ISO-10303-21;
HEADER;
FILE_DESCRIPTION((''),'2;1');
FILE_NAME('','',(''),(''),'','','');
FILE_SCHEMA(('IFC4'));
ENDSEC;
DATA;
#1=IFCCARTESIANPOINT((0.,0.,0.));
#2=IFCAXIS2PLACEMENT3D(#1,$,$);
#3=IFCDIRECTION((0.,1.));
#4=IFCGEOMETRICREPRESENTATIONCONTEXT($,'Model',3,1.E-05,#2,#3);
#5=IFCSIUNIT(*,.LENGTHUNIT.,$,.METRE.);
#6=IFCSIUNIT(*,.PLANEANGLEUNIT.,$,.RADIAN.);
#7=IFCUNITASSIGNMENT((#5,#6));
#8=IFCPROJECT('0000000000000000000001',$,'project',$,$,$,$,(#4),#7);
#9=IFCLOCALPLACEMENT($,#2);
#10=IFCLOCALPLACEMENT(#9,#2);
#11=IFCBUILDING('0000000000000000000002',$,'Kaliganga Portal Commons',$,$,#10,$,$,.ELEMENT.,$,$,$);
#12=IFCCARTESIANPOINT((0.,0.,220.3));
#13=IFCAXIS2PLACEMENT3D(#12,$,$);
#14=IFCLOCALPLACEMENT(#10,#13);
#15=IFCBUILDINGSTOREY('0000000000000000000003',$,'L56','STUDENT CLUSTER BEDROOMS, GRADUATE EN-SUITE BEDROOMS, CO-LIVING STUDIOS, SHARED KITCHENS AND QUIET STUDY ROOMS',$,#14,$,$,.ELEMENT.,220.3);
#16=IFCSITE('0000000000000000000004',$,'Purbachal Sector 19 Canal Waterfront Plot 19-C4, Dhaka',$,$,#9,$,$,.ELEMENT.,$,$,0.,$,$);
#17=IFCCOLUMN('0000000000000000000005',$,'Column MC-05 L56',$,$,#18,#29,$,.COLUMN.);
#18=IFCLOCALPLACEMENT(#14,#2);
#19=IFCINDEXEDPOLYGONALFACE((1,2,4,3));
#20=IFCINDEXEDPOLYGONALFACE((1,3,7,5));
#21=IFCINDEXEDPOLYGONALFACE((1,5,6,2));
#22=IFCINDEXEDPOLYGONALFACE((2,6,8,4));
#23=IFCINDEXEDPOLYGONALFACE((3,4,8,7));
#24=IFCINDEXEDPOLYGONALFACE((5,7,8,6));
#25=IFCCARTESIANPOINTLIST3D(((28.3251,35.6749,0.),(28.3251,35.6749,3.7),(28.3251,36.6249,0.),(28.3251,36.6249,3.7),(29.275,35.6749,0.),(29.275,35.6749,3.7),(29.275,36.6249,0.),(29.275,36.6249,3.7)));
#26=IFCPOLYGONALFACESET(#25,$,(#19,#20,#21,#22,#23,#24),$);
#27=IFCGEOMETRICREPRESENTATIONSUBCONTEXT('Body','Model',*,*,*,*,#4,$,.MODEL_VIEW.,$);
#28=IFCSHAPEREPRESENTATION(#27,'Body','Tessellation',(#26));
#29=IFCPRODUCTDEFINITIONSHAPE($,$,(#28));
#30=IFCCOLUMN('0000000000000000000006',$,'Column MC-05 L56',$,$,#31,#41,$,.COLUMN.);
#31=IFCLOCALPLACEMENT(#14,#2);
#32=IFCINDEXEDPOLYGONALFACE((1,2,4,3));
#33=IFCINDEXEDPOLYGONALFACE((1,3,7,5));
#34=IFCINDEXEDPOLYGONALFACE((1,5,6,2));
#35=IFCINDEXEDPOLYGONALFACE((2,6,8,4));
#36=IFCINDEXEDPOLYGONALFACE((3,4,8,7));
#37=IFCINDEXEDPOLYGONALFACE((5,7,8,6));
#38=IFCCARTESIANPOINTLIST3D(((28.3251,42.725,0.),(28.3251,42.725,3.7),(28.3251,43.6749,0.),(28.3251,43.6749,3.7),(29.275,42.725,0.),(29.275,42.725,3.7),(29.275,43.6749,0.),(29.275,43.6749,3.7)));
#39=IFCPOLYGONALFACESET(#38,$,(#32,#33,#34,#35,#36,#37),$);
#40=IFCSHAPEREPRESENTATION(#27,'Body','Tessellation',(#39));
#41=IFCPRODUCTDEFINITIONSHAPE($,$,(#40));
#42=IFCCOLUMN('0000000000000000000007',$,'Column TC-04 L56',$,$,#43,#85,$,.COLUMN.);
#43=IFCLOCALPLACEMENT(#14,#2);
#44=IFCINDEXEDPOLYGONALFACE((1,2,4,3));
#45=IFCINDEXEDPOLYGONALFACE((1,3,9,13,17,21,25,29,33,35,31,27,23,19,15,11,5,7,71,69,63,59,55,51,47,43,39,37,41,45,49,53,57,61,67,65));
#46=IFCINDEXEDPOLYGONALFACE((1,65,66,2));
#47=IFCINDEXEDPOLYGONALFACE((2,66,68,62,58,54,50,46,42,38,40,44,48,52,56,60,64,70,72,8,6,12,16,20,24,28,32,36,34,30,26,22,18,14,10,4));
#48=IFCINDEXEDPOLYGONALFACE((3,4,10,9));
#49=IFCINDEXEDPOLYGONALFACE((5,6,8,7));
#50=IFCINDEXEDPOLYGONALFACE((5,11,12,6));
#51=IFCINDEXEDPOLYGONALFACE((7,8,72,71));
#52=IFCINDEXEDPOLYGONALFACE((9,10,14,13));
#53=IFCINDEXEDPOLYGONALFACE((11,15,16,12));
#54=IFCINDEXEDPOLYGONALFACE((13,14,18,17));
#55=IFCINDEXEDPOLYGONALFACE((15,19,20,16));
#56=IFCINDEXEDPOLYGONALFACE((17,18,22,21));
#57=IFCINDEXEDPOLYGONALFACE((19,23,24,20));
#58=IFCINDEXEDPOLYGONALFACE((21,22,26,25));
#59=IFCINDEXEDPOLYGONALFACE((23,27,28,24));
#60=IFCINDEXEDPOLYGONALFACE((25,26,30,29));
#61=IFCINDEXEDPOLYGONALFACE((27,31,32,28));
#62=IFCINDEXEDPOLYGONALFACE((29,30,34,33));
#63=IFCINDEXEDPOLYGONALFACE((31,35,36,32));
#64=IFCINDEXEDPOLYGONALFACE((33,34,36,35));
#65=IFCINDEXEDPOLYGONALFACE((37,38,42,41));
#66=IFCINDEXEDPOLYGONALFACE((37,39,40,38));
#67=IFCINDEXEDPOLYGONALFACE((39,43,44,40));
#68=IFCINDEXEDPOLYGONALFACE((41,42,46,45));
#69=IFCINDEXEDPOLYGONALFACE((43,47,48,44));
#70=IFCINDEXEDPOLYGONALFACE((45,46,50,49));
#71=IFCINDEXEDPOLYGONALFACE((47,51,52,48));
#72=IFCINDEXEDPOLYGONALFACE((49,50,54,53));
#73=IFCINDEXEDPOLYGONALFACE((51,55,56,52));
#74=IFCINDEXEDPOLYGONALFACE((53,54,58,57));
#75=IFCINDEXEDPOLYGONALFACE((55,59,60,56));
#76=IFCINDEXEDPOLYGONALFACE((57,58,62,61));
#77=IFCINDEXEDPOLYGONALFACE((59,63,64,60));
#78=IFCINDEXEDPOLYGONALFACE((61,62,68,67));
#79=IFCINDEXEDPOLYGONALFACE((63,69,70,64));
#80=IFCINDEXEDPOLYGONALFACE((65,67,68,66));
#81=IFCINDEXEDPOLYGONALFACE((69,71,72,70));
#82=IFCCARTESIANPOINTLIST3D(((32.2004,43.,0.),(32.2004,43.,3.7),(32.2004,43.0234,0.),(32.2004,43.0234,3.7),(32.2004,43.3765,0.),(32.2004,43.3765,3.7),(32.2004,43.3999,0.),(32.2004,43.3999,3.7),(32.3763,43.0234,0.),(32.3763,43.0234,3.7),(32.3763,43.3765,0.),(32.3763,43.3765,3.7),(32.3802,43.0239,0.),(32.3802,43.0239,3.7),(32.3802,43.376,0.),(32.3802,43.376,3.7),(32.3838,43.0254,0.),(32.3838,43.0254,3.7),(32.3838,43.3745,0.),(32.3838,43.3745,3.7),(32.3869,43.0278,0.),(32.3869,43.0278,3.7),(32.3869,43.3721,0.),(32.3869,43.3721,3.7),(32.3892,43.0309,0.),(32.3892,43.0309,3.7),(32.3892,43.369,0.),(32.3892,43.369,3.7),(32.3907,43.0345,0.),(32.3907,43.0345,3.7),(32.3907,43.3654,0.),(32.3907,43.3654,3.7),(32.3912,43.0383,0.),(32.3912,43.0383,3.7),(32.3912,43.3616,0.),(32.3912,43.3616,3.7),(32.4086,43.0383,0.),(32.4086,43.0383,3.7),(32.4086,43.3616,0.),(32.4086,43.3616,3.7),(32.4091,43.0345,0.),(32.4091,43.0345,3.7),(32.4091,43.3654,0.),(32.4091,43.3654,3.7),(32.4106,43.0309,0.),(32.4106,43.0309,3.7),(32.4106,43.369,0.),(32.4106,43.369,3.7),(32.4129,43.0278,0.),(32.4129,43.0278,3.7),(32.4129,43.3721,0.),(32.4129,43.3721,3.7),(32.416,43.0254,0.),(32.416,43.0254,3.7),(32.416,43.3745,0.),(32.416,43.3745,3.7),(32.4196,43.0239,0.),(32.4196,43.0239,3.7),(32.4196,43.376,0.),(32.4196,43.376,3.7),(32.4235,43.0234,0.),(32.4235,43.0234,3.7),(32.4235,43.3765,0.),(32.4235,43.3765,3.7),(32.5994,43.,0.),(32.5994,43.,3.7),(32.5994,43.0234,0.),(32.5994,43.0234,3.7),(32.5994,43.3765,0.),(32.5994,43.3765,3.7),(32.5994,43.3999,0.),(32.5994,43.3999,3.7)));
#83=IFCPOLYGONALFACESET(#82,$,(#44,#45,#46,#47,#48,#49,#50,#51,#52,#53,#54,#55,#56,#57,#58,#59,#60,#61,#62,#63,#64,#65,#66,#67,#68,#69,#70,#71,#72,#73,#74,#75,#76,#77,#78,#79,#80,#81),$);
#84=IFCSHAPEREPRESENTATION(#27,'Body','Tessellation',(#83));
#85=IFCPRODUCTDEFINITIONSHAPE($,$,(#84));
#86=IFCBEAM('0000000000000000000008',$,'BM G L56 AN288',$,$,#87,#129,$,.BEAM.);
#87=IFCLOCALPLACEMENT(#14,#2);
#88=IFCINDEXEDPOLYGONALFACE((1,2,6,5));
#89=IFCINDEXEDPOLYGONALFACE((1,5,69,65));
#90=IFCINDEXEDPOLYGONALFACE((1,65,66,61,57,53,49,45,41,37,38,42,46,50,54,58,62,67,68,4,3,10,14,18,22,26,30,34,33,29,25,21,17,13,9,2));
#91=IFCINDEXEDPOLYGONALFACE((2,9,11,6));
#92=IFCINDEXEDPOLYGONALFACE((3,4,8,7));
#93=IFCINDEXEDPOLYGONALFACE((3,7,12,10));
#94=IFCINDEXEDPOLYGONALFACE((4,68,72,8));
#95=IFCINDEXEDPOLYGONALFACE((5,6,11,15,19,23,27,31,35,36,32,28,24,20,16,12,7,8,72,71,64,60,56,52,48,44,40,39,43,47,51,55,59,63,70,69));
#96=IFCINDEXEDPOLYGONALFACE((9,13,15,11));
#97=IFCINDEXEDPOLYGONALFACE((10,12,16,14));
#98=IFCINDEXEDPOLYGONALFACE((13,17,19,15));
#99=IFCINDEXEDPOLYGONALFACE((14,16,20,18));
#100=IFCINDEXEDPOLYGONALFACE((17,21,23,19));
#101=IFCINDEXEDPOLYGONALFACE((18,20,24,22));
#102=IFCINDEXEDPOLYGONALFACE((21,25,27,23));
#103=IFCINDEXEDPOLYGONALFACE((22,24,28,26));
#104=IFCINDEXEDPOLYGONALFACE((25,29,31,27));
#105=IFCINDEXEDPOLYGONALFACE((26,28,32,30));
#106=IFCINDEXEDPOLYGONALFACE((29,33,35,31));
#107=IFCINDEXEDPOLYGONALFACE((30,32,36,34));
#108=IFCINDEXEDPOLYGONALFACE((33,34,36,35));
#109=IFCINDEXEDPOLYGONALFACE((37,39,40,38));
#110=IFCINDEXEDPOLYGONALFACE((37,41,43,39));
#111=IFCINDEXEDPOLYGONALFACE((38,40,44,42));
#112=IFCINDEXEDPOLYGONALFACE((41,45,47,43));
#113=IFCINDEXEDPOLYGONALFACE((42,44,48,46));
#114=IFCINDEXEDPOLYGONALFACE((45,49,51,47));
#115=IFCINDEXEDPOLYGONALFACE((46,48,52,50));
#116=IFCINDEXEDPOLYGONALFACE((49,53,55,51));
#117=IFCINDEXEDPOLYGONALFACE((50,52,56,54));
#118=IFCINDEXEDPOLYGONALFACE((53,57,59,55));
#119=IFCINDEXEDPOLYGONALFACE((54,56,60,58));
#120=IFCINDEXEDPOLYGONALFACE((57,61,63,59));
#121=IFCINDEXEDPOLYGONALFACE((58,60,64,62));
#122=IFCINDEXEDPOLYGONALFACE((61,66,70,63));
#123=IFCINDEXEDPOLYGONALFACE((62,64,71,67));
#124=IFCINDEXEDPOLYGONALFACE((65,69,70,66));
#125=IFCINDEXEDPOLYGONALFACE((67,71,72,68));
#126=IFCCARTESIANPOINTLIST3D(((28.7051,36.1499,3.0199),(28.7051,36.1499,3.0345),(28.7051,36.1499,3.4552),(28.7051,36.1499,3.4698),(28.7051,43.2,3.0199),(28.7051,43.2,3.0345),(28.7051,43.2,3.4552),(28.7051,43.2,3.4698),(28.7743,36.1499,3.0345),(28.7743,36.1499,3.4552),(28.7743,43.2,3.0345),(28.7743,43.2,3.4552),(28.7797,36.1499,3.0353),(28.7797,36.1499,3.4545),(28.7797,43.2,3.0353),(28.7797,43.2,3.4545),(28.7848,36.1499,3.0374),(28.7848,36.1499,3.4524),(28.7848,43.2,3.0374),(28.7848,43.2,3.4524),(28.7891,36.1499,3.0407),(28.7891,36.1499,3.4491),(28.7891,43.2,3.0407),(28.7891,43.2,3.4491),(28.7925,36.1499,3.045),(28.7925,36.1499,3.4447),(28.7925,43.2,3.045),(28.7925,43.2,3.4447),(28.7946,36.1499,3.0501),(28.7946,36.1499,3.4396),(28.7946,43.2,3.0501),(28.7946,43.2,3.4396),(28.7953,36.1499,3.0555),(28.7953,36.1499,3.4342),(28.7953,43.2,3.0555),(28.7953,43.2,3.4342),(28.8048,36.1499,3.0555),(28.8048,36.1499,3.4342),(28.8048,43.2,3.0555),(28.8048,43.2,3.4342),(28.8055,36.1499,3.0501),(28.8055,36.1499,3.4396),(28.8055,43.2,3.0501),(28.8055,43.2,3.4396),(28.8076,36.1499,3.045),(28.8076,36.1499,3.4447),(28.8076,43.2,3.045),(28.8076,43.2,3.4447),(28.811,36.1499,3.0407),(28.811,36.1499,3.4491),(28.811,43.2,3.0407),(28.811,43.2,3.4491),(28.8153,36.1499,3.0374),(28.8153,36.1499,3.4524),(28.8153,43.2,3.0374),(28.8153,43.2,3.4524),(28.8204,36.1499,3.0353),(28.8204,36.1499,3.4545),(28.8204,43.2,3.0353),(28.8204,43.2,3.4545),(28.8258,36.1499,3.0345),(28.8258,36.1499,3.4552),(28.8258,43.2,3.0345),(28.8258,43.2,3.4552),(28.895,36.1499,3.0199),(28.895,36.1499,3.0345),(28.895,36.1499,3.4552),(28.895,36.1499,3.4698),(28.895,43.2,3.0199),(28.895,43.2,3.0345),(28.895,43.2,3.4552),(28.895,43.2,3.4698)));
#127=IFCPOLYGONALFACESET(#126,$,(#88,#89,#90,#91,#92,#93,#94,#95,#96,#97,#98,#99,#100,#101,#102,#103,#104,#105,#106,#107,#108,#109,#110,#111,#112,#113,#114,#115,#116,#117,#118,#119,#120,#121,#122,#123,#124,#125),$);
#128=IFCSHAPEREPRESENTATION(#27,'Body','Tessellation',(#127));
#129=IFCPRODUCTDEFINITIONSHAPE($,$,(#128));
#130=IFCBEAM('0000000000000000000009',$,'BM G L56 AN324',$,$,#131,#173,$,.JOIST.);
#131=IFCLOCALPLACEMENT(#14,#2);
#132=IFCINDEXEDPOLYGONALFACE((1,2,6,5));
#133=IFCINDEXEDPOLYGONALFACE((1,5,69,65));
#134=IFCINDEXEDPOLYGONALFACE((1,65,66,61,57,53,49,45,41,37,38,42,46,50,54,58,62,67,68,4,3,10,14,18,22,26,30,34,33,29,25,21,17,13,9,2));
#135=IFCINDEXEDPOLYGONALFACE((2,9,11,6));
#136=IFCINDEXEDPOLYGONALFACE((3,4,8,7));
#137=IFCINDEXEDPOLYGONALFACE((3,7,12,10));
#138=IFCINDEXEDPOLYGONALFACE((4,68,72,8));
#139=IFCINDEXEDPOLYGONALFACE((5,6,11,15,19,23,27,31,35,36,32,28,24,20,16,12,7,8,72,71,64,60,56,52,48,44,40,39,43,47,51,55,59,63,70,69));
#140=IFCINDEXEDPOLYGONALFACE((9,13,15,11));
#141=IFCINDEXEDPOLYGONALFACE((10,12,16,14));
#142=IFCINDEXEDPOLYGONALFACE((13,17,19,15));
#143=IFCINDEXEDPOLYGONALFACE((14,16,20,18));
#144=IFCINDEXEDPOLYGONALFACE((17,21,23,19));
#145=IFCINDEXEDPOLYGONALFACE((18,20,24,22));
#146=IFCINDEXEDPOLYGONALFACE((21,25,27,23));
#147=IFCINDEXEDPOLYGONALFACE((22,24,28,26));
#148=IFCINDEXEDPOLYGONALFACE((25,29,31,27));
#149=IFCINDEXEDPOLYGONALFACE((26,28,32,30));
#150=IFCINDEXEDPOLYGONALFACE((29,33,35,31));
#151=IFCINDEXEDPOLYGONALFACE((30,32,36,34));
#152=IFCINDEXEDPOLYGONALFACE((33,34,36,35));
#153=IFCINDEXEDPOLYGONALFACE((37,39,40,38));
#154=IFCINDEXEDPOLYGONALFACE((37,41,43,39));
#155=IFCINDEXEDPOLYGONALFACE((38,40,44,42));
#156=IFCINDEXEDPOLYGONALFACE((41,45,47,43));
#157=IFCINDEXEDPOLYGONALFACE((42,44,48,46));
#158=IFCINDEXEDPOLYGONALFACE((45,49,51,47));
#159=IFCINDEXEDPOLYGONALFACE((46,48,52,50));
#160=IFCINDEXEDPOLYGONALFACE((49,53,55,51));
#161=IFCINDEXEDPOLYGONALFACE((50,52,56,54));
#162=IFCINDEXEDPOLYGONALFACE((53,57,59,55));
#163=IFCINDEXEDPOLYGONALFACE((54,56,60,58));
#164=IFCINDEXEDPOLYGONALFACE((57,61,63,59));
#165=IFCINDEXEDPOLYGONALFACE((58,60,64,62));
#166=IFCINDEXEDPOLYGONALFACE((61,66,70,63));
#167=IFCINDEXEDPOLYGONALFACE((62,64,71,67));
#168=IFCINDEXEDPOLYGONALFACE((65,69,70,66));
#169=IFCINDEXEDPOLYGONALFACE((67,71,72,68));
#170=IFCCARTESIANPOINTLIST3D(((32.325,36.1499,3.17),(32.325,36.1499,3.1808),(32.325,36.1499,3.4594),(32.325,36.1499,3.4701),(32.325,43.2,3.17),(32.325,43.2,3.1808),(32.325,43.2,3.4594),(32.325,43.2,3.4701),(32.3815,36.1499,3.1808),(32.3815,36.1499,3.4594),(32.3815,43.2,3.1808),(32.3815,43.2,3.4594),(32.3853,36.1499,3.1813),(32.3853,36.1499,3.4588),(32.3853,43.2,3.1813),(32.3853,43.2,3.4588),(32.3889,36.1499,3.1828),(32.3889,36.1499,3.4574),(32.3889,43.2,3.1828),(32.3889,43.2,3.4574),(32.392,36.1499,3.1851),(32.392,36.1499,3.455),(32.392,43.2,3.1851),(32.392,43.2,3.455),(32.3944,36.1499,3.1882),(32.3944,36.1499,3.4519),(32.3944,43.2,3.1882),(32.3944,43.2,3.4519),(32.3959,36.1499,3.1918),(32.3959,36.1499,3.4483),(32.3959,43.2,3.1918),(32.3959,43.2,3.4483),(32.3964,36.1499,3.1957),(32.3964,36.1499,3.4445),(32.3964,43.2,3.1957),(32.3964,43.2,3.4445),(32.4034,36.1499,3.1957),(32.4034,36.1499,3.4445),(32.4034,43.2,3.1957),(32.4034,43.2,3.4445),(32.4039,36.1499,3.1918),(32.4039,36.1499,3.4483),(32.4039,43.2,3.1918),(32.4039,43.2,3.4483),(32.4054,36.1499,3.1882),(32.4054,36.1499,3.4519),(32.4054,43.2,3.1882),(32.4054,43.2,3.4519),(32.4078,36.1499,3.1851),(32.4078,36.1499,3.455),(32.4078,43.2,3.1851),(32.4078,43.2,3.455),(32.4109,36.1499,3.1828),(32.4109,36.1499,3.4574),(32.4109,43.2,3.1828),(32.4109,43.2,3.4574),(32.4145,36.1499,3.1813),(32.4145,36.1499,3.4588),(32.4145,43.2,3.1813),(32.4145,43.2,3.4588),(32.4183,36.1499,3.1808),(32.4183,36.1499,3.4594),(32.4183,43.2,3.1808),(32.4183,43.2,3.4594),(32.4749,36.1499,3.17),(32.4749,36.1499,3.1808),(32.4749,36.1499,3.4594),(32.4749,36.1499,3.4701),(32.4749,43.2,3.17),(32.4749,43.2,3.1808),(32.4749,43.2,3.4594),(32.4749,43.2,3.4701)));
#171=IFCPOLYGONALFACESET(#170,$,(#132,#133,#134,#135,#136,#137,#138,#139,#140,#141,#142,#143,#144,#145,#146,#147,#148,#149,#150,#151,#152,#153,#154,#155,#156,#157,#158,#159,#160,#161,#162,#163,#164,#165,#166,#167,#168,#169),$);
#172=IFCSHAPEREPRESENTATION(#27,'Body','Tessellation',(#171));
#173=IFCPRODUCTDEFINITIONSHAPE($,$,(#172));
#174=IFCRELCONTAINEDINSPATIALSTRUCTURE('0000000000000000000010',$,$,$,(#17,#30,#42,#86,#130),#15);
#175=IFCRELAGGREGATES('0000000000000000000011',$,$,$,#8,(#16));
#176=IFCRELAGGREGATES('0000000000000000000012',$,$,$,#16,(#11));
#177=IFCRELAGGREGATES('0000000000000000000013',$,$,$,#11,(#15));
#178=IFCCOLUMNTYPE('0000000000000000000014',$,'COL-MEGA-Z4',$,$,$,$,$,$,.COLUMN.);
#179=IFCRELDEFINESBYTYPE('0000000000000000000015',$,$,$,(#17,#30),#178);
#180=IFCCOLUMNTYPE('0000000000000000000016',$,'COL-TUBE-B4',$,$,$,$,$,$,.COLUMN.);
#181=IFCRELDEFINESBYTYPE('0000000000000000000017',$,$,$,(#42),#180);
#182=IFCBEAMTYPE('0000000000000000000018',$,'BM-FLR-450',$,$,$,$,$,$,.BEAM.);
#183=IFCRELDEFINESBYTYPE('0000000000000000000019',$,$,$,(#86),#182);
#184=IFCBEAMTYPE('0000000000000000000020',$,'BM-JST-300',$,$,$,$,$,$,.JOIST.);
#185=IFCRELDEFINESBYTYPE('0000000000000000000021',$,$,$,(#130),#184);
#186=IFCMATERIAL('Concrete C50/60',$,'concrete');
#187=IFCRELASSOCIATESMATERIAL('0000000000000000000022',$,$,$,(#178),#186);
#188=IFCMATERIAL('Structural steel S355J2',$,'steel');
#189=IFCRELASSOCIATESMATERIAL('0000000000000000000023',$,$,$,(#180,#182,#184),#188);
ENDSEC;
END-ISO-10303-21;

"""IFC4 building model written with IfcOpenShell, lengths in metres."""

from ifc_helpers import new_model, si_unit, direction, frame, origin, origin_2d, place, context, subcontext, project, spatial, rectangle, i_section, extrude, source, transform, mapped, material, material_profile, profile_set, type_object, element, save


model = new_model("IFC4")

# Units and contexts
model_context = context("Model", 3, precision=1e-05, world=origin(), true_north=direction((0.0, 1.0)))
body_context = subcontext(model_context, "Body", "Model", "MODEL_VIEW")
ifc_project = project(units=[si_unit("LENGTHUNIT", "METRE"), si_unit("PLANEANGLEUNIT", "RADIAN")], contexts=[model_context])

# Site, building, storey
site_placement = place(None, origin())
site = spatial("IfcSite", under=ifc_project, at=site_placement, Name="Purbachal Sector 19 Canal Waterfront Plot 19-C4, Dhaka", CompositionType="ELEMENT", RefElevation=0.0)
building_placement = place(site_placement, origin())
building = spatial("IfcBuilding", under=site, at=building_placement, Name="Kaliganga Portal Commons", CompositionType="ELEMENT")
storey_placement = place(building_placement, frame((0.0, 0.0, 220.3)))
storey = spatial("IfcBuildingStorey", under=building, at=storey_placement, Name="L56", Description="STUDENT CLUSTER BEDROOMS, GRADUATE EN-SUITE BEDROOMS, CO-LIVING STUDIOS, SHARED KITCHENS AND QUIET STUDY ROOMS", CompositionType="ELEMENT", Elevation=220.3)

# Columns
ifc_material_1 = material(Name="Concrete C50/60", Category="concrete")
ifc_material_profile_1 = material_profile(ifc_material_1, rectangle(XDim=0.95, YDim=0.95, at=origin_2d()), Name="RC 950x950")
ifc_profile_set_1 = profile_set([ifc_material_profile_1], Name="Concrete C50/60")
column_type_1 = type_object("IfcColumnType", Name="COL-MEGA-Z4", PredefinedType="COLUMN", material=ifc_profile_set_1)
shared_shape_1 = source(origin(), body_context, "Body", "SweptSolid", [
    extrude(rectangle(XDim=0.95, YDim=0.95, at=origin_2d()), origin(), (0.0, 0.0, 1.0), 3.7),
])
for number, where, z_axis, x_axis, name in (
    (1, (28.8, 36.1499, 0.0), (0.0, 0.0, 1.0), (1.0, 0.0, 0.0), "Column MC-05 L56"),
    (2, (28.8, 43.2, 0.0), (0.0, 0.0, 1.0), (1.0, 0.0, 0.0), "Column MC-05 L56"),
):
    element("IfcColumn", number, at=place(storey_placement, frame(where, z_axis=z_axis, x_axis=x_axis)), inside=storey, type_object=column_type_1, Name=name, PredefinedType="COLUMN", context=body_context, shape_type="MappedRepresentation", body=[
        mapped(shared_shape_1, transform((0.0, 0.0, 0.0), x_axis=(1.0, 0.0, 0.0), y_axis=(0.0, 1.0, 0.0), z_axis=(0.0, 0.0, 1.0), scale=1.0)),
    ])
ifc_material_2 = material(Name="Structural steel S355J2", Category="steel")
ifc_material_profile_2 = material_profile(ifc_material_2, i_section(OverallWidth=0.3989, OverallDepth=0.3999, WebThickness=0.0173, FlangeThickness=0.0234, FilletRadius=0.0149, at=origin_2d()), Name="HD 400x287")
ifc_profile_set_2 = profile_set([ifc_material_profile_2], Name="Structural steel S355J2 wide-flange")
column_type_2 = type_object("IfcColumnType", Name="COL-TUBE-B4", PredefinedType="COLUMN", material=ifc_profile_set_2)
shared_shape_2 = source(origin(), body_context, "Body", "SweptSolid", [
    extrude(i_section(OverallWidth=0.3989, OverallDepth=0.3999, WebThickness=0.0173, FlangeThickness=0.0234, FilletRadius=0.0149, at=origin_2d()), origin(), (0.0, 0.0, 1.0), 3.7),
])
column_placement = place(storey_placement, frame((32.3999, 43.2, 0.0), z_axis=(0.0, 0.0, 1.0), x_axis=(1.0, 0.0, 0.0)))
element("IfcColumn", 3, at=column_placement, inside=storey, type_object=column_type_2, Name="Column TC-04 L56", PredefinedType="COLUMN", context=body_context, shape_type="MappedRepresentation", body=[
    mapped(shared_shape_2, transform((0.0, 0.0, 0.0), x_axis=(1.0, 0.0, 0.0), y_axis=(0.0, 1.0, 0.0), z_axis=(0.0, 0.0, 1.0), scale=1.0)),
])

# Beams
ifc_material_profile_3 = material_profile(ifc_material_2, i_section(OverallWidth=0.1899, OverallDepth=0.45, WebThickness=0.0095, FlangeThickness=0.0146, FilletRadius=0.021, at=origin_2d()), Name="IPE 450")
ifc_profile_set_3 = profile_set([ifc_material_profile_3], Name="Structural steel S355J2 wide-flange")
beam_type_1 = type_object("IfcBeamType", Name="BM-FLR-450", PredefinedType="BEAM", material=ifc_profile_set_3)
shared_shape_3 = source(origin(), body_context, "Body", "SweptSolid", [
    extrude(i_section(OverallWidth=0.1899, OverallDepth=0.45, WebThickness=0.0095, FlangeThickness=0.0146, FilletRadius=0.021, at=origin_2d()), origin(), (0.0, 0.0, 1.0), 7.05),
])
beam_1_placement = place(storey_placement, frame((28.8, 36.1499, 3.2449), z_axis=(0.0, 1.0, 0.0), x_axis=(-1.0, 0.0, 0.0)))
element("IfcBeam", 4, at=beam_1_placement, inside=storey, type_object=beam_type_1, Name="BM G L56 AN288", PredefinedType="BEAM", context=body_context, shape_type="MappedRepresentation", body=[
    mapped(shared_shape_3, transform((0.0, 0.0, 0.0), x_axis=(1.0, 0.0, 0.0), y_axis=(0.0, 1.0, 0.0), z_axis=(0.0, 0.0, 1.0), scale=1.0)),
])
ifc_material_profile_4 = material_profile(ifc_material_2, i_section(OverallWidth=0.1499, OverallDepth=0.3, WebThickness=0.0071, FlangeThickness=0.0107, FilletRadius=0.0149, at=origin_2d()), Name="IPE 300")
ifc_profile_set_4 = profile_set([ifc_material_profile_4], Name="Structural steel S355J2 wide-flange")
beam_type_2 = type_object("IfcBeamType", Name="BM-JST-300", PredefinedType="JOIST", material=ifc_profile_set_4)
shared_shape_4 = source(origin(), body_context, "Body", "SweptSolid", [
    extrude(i_section(OverallWidth=0.1499, OverallDepth=0.3, WebThickness=0.0071, FlangeThickness=0.0107, FilletRadius=0.0149, at=origin_2d()), origin(), (0.0, 0.0, 1.0), 7.05),
])
beam_2_placement = place(storey_placement, frame((32.3999, 36.1499, 3.3201), z_axis=(0.0, 1.0, 0.0), x_axis=(-1.0, 0.0, 0.0)))
element("IfcBeam", 5, at=beam_2_placement, inside=storey, type_object=beam_type_2, Name="BM G L56 AN324", PredefinedType="JOIST", context=body_context, shape_type="MappedRepresentation", body=[
    mapped(shared_shape_4, transform((0.0, 0.0, 0.0), x_axis=(1.0, 0.0, 0.0), y_axis=(0.0, 1.0, 0.0), z_axis=(0.0, 0.0, 1.0), scale=1.0)),
])

save(model, "model.ifc")
